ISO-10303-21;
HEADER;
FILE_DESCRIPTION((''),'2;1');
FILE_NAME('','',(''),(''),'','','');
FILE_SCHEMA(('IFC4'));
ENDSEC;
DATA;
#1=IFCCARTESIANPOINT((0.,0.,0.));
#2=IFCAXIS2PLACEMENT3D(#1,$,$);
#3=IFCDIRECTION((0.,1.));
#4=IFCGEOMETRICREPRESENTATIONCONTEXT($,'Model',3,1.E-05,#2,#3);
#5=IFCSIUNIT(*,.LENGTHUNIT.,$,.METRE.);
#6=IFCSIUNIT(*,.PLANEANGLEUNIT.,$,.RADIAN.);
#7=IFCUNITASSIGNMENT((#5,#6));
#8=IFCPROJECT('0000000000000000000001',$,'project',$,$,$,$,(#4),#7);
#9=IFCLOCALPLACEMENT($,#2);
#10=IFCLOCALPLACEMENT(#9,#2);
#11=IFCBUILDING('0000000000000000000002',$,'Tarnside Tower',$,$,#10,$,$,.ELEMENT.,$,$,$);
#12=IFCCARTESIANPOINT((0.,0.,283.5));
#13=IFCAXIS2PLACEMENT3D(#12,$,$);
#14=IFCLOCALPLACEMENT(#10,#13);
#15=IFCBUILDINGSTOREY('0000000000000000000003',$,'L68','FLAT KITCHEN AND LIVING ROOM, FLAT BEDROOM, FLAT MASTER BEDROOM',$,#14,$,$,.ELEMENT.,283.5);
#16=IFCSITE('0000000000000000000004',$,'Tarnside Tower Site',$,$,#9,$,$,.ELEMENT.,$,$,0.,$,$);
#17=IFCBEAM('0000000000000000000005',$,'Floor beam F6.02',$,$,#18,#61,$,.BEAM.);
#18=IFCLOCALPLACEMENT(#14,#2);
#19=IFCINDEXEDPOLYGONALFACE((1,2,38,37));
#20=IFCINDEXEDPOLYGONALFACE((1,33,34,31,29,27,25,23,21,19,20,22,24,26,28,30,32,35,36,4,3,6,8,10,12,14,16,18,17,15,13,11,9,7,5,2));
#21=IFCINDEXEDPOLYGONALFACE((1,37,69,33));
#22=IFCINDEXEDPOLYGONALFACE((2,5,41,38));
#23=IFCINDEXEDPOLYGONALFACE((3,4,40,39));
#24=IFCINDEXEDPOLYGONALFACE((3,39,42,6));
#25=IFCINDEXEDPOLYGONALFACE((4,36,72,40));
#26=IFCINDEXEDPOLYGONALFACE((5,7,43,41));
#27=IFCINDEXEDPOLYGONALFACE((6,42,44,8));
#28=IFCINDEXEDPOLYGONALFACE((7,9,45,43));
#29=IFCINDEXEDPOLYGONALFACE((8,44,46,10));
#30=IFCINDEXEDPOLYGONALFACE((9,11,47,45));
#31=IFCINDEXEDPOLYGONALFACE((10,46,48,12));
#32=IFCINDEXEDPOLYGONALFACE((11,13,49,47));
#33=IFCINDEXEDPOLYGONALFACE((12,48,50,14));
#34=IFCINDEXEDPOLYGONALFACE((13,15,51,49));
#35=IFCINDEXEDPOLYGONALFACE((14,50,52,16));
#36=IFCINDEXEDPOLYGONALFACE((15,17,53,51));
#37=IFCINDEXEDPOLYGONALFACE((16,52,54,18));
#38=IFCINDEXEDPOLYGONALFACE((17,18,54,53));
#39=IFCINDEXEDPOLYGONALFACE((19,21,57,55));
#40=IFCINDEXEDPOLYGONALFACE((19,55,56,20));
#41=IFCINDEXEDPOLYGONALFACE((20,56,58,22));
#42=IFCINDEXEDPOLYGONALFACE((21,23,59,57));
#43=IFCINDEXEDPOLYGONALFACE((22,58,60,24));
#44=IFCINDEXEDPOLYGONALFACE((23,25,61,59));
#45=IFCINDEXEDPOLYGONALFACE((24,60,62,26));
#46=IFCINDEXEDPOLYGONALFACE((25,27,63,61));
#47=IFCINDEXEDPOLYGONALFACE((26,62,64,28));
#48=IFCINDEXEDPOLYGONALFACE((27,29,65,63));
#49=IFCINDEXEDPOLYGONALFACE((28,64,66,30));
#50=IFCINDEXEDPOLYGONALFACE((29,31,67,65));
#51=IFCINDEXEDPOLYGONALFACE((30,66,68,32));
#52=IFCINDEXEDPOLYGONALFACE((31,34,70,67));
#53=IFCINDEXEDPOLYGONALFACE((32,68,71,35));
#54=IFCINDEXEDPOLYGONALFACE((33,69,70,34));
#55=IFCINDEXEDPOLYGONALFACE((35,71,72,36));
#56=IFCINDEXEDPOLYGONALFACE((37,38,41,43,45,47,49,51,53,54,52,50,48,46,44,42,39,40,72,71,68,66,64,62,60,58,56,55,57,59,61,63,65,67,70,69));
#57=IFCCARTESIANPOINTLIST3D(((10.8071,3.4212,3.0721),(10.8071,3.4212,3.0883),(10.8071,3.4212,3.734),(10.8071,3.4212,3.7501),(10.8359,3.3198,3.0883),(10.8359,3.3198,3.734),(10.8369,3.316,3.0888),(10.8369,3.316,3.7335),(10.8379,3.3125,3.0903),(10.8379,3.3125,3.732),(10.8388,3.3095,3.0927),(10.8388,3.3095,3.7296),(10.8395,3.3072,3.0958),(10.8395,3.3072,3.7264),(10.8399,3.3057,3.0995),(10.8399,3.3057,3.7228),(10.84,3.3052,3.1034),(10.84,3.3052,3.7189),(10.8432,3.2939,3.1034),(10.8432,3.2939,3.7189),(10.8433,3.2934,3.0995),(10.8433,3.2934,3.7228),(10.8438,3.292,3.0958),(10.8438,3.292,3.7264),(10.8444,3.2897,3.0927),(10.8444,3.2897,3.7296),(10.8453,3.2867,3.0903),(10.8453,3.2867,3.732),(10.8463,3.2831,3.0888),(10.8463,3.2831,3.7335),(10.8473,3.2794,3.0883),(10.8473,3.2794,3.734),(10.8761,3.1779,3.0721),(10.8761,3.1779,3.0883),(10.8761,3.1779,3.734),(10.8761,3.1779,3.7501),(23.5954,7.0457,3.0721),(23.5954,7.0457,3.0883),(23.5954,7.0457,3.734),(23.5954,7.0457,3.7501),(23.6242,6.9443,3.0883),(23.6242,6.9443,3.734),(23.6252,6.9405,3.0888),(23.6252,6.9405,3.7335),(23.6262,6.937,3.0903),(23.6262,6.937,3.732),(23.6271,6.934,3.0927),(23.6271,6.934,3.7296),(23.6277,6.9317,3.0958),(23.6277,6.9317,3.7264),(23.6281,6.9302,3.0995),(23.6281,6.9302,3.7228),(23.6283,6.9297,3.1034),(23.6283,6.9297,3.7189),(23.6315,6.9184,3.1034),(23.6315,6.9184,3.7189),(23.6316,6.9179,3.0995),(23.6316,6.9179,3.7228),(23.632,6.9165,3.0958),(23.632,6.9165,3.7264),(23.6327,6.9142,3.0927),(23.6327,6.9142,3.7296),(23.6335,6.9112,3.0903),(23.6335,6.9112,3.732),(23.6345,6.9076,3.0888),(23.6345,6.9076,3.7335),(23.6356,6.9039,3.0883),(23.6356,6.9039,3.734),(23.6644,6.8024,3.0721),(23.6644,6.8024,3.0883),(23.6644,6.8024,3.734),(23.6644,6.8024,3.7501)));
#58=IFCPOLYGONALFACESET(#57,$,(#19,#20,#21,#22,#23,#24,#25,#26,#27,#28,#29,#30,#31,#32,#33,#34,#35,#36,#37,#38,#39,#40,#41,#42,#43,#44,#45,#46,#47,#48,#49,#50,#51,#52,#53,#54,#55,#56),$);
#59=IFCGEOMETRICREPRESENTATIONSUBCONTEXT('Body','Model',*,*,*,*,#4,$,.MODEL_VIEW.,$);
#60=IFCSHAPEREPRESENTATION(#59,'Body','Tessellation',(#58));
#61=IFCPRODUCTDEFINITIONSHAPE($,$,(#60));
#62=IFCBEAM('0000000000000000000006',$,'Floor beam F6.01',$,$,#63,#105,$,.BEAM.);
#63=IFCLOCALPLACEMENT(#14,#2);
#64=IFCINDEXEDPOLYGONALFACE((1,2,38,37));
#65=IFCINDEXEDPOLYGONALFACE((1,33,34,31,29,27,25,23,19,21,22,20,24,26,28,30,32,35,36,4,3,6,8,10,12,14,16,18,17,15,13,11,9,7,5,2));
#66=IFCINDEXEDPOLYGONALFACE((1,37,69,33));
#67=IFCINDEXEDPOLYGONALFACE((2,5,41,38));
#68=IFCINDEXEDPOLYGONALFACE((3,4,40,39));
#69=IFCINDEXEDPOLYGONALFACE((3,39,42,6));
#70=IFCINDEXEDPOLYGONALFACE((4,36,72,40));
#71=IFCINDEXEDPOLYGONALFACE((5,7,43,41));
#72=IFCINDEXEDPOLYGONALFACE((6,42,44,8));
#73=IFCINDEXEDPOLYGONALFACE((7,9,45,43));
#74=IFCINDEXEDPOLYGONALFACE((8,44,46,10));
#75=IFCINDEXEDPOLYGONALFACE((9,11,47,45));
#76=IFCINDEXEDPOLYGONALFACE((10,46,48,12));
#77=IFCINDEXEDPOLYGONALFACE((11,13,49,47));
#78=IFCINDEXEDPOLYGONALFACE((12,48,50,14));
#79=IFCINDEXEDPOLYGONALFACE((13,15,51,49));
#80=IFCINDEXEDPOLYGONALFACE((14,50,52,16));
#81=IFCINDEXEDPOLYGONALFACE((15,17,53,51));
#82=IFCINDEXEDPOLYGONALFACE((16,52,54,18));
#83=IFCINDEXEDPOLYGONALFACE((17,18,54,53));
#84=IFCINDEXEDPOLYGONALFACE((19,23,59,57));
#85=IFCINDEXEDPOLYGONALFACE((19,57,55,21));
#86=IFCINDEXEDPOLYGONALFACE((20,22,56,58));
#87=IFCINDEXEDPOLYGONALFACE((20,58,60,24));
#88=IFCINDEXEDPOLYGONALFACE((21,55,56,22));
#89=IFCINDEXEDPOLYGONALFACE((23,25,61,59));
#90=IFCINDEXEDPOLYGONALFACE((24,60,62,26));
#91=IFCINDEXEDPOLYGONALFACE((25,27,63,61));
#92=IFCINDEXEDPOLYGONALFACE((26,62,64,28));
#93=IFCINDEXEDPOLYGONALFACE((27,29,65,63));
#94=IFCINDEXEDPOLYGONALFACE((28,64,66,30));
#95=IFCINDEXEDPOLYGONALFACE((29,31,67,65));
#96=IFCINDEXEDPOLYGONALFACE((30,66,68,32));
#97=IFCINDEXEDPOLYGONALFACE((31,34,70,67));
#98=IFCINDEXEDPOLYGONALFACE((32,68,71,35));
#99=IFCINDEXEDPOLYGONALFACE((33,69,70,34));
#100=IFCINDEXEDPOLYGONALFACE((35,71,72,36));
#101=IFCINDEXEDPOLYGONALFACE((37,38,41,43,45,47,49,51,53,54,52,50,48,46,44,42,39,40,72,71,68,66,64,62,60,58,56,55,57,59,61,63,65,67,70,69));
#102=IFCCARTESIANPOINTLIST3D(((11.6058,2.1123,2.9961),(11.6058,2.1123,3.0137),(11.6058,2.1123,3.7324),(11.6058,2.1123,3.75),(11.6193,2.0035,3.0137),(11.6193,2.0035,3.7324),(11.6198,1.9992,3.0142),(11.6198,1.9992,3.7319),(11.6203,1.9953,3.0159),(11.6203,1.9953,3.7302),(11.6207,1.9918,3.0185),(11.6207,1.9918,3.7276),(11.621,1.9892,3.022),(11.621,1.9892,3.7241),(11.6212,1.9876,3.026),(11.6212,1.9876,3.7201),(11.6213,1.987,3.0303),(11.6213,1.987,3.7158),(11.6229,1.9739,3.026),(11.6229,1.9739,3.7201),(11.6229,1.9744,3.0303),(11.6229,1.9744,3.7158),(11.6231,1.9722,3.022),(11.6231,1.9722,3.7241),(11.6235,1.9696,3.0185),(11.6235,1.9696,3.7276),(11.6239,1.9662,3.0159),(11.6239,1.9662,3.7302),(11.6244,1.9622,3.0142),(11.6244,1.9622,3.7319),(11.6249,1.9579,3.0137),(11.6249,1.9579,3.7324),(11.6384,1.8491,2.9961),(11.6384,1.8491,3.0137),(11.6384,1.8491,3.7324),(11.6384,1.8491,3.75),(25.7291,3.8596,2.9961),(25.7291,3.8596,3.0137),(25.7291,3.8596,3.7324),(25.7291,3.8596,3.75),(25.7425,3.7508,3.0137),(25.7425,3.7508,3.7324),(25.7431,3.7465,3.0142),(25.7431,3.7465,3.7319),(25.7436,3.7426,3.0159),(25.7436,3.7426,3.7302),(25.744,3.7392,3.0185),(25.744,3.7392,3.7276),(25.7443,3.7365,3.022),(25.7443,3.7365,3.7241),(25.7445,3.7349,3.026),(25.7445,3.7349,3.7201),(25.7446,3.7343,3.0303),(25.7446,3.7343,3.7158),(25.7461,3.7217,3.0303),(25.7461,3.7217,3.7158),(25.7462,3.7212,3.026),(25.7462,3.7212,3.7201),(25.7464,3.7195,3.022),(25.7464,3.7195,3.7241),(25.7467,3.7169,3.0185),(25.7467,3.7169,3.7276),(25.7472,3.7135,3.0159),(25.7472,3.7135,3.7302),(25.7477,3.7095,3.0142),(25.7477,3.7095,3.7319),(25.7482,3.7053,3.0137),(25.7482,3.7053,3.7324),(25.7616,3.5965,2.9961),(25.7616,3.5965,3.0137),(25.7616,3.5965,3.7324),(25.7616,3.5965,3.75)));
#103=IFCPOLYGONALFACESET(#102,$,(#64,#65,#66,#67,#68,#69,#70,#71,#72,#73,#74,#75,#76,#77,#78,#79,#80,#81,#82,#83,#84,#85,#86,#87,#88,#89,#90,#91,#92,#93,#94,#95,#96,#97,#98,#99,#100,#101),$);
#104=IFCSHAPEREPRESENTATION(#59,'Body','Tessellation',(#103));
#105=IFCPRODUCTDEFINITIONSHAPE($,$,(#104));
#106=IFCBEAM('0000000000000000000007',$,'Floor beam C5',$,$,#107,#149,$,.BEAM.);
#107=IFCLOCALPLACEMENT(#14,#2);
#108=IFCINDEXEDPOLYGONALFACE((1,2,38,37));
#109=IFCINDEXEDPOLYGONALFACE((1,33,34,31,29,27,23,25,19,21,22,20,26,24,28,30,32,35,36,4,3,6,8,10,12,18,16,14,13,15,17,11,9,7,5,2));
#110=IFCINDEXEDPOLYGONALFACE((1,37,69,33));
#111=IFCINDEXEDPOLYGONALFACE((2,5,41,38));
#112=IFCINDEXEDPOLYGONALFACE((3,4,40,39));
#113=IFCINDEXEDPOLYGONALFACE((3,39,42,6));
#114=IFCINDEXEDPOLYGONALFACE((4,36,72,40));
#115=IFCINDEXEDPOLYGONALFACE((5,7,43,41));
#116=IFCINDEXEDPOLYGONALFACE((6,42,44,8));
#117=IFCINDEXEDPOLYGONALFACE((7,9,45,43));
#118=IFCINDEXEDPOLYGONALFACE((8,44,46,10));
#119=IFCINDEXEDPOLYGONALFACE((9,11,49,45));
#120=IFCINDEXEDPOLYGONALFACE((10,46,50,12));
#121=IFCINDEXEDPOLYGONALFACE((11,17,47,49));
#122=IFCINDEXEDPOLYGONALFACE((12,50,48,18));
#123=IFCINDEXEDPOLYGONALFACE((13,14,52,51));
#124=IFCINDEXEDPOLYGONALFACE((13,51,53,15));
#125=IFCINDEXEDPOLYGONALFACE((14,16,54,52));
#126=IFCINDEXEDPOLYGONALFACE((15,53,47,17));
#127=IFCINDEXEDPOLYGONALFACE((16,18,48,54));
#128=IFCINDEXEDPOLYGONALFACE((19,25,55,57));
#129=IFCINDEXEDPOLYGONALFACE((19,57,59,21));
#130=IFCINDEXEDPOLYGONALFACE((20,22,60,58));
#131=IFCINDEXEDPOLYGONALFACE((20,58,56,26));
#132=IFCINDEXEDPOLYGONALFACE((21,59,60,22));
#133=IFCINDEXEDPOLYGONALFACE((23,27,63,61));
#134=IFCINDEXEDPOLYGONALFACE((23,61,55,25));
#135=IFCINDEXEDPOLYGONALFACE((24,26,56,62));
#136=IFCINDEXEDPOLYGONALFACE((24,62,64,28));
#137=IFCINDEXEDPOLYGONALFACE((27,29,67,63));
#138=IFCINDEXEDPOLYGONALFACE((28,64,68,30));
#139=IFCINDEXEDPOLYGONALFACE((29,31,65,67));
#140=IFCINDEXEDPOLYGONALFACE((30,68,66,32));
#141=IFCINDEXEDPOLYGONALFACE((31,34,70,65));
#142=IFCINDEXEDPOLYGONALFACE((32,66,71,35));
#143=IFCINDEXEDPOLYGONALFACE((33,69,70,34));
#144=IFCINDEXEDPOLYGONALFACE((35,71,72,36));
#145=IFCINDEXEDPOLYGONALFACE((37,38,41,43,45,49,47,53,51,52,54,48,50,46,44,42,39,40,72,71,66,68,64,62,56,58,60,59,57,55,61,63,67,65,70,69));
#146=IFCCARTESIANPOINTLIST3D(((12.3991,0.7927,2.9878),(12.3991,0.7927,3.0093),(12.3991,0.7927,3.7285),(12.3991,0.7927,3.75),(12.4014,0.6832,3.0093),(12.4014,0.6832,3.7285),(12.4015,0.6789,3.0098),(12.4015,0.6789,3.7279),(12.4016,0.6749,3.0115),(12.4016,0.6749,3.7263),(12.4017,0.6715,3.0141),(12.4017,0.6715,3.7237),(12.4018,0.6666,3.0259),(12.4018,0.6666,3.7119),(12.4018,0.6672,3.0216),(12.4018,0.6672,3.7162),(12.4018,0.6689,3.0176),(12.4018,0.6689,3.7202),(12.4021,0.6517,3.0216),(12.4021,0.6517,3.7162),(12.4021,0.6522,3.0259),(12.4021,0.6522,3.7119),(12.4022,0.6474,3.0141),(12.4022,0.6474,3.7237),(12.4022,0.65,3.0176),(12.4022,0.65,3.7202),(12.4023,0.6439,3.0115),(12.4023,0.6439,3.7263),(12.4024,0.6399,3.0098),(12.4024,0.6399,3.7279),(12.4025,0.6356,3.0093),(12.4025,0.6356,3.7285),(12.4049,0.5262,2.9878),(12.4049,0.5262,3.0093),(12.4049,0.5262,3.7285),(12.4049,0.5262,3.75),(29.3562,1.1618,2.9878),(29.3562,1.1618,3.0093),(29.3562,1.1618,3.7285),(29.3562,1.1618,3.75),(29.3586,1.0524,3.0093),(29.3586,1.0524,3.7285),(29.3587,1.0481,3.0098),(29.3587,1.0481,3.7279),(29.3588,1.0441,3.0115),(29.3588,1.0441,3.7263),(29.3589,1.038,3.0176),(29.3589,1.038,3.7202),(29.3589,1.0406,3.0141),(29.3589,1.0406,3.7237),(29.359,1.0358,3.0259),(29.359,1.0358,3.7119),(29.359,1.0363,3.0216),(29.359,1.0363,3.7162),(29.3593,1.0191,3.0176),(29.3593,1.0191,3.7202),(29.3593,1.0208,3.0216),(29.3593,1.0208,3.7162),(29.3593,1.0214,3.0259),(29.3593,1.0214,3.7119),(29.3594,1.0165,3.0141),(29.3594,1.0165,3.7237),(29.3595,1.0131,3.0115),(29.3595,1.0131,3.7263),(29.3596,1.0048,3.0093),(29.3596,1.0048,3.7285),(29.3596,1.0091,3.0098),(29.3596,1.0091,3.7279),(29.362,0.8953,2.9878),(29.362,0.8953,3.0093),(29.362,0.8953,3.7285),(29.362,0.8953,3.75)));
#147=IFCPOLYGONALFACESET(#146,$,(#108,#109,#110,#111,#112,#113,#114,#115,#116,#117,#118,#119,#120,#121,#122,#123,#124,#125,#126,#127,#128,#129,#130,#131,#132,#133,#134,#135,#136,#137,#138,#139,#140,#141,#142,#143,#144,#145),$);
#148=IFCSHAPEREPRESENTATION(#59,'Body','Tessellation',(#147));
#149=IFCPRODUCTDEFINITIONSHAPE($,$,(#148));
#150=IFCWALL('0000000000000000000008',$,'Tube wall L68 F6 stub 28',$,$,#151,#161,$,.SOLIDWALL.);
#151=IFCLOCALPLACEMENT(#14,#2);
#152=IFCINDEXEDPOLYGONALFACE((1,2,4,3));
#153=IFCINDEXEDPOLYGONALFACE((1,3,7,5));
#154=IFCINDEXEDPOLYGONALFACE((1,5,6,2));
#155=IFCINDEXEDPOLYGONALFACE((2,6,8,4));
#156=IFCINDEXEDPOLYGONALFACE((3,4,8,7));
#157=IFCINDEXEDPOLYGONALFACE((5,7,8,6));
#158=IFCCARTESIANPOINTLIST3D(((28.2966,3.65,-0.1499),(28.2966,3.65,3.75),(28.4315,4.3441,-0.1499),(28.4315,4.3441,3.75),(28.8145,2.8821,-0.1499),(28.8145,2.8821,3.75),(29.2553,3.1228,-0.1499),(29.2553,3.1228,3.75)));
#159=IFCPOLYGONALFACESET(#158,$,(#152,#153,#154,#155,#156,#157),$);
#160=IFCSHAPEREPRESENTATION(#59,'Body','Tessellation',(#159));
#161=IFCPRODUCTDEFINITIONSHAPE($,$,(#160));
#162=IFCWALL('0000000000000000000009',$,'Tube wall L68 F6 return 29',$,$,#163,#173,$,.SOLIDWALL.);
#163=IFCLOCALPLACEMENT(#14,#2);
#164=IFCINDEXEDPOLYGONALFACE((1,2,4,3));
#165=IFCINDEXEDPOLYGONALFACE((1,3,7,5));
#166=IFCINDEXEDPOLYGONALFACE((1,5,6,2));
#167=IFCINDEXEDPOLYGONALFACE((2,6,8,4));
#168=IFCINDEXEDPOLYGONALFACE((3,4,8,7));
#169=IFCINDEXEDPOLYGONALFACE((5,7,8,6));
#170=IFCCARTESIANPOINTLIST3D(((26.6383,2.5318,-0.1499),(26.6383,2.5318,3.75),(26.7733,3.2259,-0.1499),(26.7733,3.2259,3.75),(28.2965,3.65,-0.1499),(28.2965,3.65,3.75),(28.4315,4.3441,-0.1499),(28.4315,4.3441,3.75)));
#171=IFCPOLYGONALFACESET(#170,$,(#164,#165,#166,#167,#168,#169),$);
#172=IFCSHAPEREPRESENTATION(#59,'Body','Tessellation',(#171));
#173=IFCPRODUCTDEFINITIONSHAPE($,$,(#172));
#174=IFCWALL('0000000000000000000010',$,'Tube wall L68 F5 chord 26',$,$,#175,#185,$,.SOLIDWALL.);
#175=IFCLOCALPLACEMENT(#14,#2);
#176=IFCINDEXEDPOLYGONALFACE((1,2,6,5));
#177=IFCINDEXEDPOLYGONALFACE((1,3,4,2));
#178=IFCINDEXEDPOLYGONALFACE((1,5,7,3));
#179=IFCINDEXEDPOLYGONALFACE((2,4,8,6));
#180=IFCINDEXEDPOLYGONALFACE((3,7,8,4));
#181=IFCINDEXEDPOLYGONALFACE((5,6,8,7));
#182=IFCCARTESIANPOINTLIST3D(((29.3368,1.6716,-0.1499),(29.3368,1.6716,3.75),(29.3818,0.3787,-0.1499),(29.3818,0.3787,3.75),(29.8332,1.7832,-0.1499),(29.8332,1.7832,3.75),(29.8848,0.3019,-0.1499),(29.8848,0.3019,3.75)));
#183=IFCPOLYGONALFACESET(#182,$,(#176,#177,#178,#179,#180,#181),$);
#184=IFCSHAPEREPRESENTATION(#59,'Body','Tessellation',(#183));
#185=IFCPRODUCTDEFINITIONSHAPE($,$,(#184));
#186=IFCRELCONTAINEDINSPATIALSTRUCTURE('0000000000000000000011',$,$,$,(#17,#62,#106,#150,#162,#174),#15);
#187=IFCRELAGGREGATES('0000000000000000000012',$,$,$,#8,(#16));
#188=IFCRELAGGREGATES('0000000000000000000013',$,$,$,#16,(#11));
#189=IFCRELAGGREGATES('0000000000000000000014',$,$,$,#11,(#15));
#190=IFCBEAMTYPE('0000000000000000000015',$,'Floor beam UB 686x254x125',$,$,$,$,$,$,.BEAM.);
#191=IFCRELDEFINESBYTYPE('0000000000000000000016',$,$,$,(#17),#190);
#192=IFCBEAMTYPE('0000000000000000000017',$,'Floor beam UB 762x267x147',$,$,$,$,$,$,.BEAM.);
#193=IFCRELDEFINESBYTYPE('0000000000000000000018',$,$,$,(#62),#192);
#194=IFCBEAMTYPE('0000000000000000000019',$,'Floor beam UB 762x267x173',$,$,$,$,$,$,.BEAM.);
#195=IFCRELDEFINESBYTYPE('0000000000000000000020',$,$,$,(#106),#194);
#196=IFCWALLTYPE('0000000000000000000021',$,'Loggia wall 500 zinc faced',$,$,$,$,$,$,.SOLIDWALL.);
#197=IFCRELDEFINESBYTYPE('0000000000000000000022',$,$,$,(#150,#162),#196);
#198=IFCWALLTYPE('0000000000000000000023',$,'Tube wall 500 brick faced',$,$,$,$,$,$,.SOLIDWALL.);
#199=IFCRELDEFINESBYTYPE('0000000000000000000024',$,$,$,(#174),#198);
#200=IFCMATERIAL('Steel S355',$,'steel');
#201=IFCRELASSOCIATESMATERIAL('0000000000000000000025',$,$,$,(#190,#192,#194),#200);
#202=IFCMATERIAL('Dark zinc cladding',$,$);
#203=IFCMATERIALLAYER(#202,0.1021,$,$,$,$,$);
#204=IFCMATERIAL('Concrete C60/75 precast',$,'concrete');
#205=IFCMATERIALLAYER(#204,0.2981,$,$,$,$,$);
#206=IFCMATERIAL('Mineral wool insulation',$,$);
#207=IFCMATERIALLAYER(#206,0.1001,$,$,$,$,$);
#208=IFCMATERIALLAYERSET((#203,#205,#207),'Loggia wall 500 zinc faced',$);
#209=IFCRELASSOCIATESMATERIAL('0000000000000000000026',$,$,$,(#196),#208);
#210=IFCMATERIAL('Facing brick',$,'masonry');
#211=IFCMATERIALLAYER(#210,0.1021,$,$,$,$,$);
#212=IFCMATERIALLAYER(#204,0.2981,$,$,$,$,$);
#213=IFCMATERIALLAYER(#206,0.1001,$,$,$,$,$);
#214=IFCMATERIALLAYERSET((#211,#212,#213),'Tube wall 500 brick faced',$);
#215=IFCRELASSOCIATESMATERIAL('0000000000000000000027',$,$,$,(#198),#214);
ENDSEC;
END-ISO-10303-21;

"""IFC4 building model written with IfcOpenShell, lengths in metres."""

from ifc_helpers import new_model, si_unit, direction, frame, origin, origin_2d, place, context, subcontext, project, spatial, polyline, i_section, outline, extrude, material, layer, layer_set, material_profile, profile_set, type_object, element, save


model = new_model("IFC4")

# Units and contexts
model_context = context("Model", 3, precision=1e-05, world=origin(), true_north=direction((0.0, 1.0)))
body_context = subcontext(model_context, "Body", "Model", "MODEL_VIEW")
ifc_project = project(units=[si_unit("LENGTHUNIT", "METRE"), si_unit("PLANEANGLEUNIT", "RADIAN")], contexts=[model_context])

# Site, building, storey
site_placement = place(None, origin())
site = spatial("IfcSite", under=ifc_project, at=site_placement, Name="Tarnside Tower Site", CompositionType="ELEMENT", RefElevation=0.0)
building_placement = place(site_placement, origin())
building = spatial("IfcBuilding", under=site, at=building_placement, Name="Tarnside Tower", CompositionType="ELEMENT")
storey_placement = place(building_placement, frame((0.0, 0.0, 283.5)))
storey = spatial("IfcBuildingStorey", under=building, at=storey_placement, Name="L68", Description="FLAT KITCHEN AND LIVING ROOM, FLAT BEDROOM, FLAT MASTER BEDROOM", CompositionType="ELEMENT", Elevation=283.5)

# Beams
ifc_material_1 = material(Name="Steel S355", Category="steel")
ifc_material_profile_1 = material_profile(ifc_material_1, i_section(OverallWidth=0.2529, OverallDepth=0.678, WebThickness=0.0117, FlangeThickness=0.0161, FilletRadius=0.0151, at=origin_2d()), Name="UB 686x254x125")
ifc_profile_set_1 = profile_set([ifc_material_profile_1], Name="Steel S355")
beam_type_1 = type_object("IfcBeamType", Name="Floor beam UB 686x254x125", PredefinedType="BEAM", material=ifc_profile_set_1)
beam_1_placement = place(storey_placement, frame((23.6299, 6.9241, 3.4111), z_axis=(-0.962104, -0.272683, 0.0), x_axis=(0.272683, -0.962104, 0.0)))
element("IfcBeam", 1, at=beam_1_placement, inside=storey, type_object=beam_type_1, Name="Floor beam F6.02", PredefinedType="BEAM", context=body_context, shape_type="SweptSolid", body=[
    extrude(i_section(OverallWidth=0.2529, OverallDepth=0.678, WebThickness=0.0117, FlangeThickness=0.0161, FilletRadius=0.0151, at=origin_2d()), origin(), (0.0, 0.0, 1.0), 13.292),
])
ifc_material_profile_2 = material_profile(ifc_material_1, i_section(OverallWidth=0.2651, OverallDepth=0.7539, WebThickness=0.0127, FlangeThickness=0.0176, FilletRadius=0.0166, at=origin_2d()), Name="UB 762x267x147")
ifc_profile_set_2 = profile_set([ifc_material_profile_2], Name="Steel S355")
beam_type_2 = type_object("IfcBeamType", Name="Floor beam UB 762x267x147", PredefinedType="BEAM", material=ifc_profile_set_2)
beam_2_placement = place(storey_placement, frame((25.7454, 3.728, 3.373), z_axis=(-0.992434, -0.122783, 0.0), x_axis=(0.122783, -0.992434, 0.0)))
element("IfcBeam", 2, at=beam_2_placement, inside=storey, type_object=beam_type_2, Name="Floor beam F6.01", PredefinedType="BEAM", context=body_context, shape_type="SweptSolid", body=[
    extrude(i_section(OverallWidth=0.2651, OverallDepth=0.7539, WebThickness=0.0127, FlangeThickness=0.0176, FilletRadius=0.0166, at=origin_2d()), origin(), (0.0, 0.0, 1.0), 14.231),
])
ifc_material_profile_3 = material_profile(ifc_material_1, i_section(OverallWidth=0.2666, OverallDepth=0.7622, WebThickness=0.0144, FlangeThickness=0.0215, FilletRadius=0.0166, at=origin_2d()), Name="UB 762x267x173")
ifc_profile_set_3 = profile_set([ifc_material_profile_3], Name="Steel S355")
beam_type_3 = type_object("IfcBeamType", Name="Floor beam UB 762x267x173", PredefinedType="BEAM", material=ifc_profile_set_3)
beam_3_placement = place(storey_placement, frame((29.3591, 1.0286, 3.3689), z_axis=(-0.999763, -0.021764, 0.0), x_axis=(0.021764, -0.999763, 0.0)))
element("IfcBeam", 3, at=beam_3_placement, inside=storey, type_object=beam_type_3, Name="Floor beam C5", PredefinedType="BEAM", context=body_context, shape_type="SweptSolid", body=[
    extrude(i_section(OverallWidth=0.2666, OverallDepth=0.7622, WebThickness=0.0144, FlangeThickness=0.0215, FilletRadius=0.0166, at=origin_2d()), origin(), (0.0, 0.0, 1.0), 16.9612),
])

# Walls
ifc_material_2 = material(Name="Dark zinc cladding")
ifc_layer_1 = layer(ifc_material_2, 0.1021)
ifc_material_3 = material(Name="Concrete C60/75 precast", Category="concrete")
ifc_layer_2 = layer(ifc_material_3, 0.2981)
ifc_material_4 = material(Name="Mineral wool insulation")
ifc_layer_3 = layer(ifc_material_4, 0.1001)
ifc_layer_set_1 = layer_set([ifc_layer_1, ifc_layer_2, ifc_layer_3], Name="Loggia wall 500 zinc faced")
wall_type_1 = type_object("IfcWallType", Name="Loggia wall 500 zinc faced", PredefinedType="SOLIDWALL", material=ifc_layer_set_1)
wall_1_placement = place(storey_placement, frame((29.0349, 3.0024, -0.1499), z_axis=(0.0, 0.0, 1.0), x_axis=(-0.5592, 0.829033, 0.0)))
element("IfcWall", 4, at=wall_1_placement, inside=storey, type_object=wall_type_1, Name="Tube wall L68 F6 stub 28", PredefinedType="SOLIDWALL", context=body_context, shape_type="SweptSolid", body=[
    extrude(outline(polyline([(-0.0234, -0.25), (1.4497, -0.25), (0.9497, 0.25), (0.0234, 0.25), (-0.0234, -0.25)])), origin(), (0.0, 0.0, 1.0), 3.8999),
])
wall_2_placement = place(storey_placement, frame((28.364, 3.9971, -0.1499), z_axis=(0.0, 0.0, 1.0), x_axis=(-0.829109, -0.559087, 0.0)))
element("IfcWall", 5, at=wall_2_placement, inside=storey, type_object=wall_type_1, Name="Tube wall L68 F6 return 29", PredefinedType="SOLIDWALL", context=body_context, shape_type="SweptSolid", body=[
    extrude(outline(polyline([(-0.25, -0.25), (1.75, -0.25), (2.25, 0.25), (0.25, 0.25), (-0.25, -0.25)])), origin(), (0.0, 0.0, 1.0), 3.8999),
])

# Wall
ifc_material_5 = material(Name="Facing brick", Category="masonry")
ifc_layer_4 = layer(ifc_material_5, 0.1021)
ifc_layer_5 = layer(ifc_material_3, 0.2981)
ifc_layer_6 = layer(ifc_material_4, 0.1001)
ifc_layer_set_2 = layer_set([ifc_layer_4, ifc_layer_5, ifc_layer_6], Name="Tube wall 500 brick faced")
wall_type_2 = type_object("IfcWallType", Name="Tube wall 500 brick faced", PredefinedType="SOLIDWALL", material=ifc_layer_set_2)
wall_3_placement = place(storey_placement, frame((29.6333, 0.3403, -0.1499), z_axis=(0.0, 0.0, 1.0), x_axis=(-0.034826, 0.999393, 0.0)))
element("IfcWall", 6, at=wall_3_placement, inside=storey, type_object=wall_type_2, Name="Tube wall L68 F5 chord 26", PredefinedType="SOLIDWALL", context=body_context, shape_type="SweptSolid", body=[
    extrude(outline(polyline([(-0.0471, -0.25), (1.4351, -0.25), (1.3408, 0.25), (0.0471, 0.25), (-0.0471, -0.25)])), origin(), (0.0, 0.0, 1.0), 3.8999),
])

save(model, "model.ifc")
